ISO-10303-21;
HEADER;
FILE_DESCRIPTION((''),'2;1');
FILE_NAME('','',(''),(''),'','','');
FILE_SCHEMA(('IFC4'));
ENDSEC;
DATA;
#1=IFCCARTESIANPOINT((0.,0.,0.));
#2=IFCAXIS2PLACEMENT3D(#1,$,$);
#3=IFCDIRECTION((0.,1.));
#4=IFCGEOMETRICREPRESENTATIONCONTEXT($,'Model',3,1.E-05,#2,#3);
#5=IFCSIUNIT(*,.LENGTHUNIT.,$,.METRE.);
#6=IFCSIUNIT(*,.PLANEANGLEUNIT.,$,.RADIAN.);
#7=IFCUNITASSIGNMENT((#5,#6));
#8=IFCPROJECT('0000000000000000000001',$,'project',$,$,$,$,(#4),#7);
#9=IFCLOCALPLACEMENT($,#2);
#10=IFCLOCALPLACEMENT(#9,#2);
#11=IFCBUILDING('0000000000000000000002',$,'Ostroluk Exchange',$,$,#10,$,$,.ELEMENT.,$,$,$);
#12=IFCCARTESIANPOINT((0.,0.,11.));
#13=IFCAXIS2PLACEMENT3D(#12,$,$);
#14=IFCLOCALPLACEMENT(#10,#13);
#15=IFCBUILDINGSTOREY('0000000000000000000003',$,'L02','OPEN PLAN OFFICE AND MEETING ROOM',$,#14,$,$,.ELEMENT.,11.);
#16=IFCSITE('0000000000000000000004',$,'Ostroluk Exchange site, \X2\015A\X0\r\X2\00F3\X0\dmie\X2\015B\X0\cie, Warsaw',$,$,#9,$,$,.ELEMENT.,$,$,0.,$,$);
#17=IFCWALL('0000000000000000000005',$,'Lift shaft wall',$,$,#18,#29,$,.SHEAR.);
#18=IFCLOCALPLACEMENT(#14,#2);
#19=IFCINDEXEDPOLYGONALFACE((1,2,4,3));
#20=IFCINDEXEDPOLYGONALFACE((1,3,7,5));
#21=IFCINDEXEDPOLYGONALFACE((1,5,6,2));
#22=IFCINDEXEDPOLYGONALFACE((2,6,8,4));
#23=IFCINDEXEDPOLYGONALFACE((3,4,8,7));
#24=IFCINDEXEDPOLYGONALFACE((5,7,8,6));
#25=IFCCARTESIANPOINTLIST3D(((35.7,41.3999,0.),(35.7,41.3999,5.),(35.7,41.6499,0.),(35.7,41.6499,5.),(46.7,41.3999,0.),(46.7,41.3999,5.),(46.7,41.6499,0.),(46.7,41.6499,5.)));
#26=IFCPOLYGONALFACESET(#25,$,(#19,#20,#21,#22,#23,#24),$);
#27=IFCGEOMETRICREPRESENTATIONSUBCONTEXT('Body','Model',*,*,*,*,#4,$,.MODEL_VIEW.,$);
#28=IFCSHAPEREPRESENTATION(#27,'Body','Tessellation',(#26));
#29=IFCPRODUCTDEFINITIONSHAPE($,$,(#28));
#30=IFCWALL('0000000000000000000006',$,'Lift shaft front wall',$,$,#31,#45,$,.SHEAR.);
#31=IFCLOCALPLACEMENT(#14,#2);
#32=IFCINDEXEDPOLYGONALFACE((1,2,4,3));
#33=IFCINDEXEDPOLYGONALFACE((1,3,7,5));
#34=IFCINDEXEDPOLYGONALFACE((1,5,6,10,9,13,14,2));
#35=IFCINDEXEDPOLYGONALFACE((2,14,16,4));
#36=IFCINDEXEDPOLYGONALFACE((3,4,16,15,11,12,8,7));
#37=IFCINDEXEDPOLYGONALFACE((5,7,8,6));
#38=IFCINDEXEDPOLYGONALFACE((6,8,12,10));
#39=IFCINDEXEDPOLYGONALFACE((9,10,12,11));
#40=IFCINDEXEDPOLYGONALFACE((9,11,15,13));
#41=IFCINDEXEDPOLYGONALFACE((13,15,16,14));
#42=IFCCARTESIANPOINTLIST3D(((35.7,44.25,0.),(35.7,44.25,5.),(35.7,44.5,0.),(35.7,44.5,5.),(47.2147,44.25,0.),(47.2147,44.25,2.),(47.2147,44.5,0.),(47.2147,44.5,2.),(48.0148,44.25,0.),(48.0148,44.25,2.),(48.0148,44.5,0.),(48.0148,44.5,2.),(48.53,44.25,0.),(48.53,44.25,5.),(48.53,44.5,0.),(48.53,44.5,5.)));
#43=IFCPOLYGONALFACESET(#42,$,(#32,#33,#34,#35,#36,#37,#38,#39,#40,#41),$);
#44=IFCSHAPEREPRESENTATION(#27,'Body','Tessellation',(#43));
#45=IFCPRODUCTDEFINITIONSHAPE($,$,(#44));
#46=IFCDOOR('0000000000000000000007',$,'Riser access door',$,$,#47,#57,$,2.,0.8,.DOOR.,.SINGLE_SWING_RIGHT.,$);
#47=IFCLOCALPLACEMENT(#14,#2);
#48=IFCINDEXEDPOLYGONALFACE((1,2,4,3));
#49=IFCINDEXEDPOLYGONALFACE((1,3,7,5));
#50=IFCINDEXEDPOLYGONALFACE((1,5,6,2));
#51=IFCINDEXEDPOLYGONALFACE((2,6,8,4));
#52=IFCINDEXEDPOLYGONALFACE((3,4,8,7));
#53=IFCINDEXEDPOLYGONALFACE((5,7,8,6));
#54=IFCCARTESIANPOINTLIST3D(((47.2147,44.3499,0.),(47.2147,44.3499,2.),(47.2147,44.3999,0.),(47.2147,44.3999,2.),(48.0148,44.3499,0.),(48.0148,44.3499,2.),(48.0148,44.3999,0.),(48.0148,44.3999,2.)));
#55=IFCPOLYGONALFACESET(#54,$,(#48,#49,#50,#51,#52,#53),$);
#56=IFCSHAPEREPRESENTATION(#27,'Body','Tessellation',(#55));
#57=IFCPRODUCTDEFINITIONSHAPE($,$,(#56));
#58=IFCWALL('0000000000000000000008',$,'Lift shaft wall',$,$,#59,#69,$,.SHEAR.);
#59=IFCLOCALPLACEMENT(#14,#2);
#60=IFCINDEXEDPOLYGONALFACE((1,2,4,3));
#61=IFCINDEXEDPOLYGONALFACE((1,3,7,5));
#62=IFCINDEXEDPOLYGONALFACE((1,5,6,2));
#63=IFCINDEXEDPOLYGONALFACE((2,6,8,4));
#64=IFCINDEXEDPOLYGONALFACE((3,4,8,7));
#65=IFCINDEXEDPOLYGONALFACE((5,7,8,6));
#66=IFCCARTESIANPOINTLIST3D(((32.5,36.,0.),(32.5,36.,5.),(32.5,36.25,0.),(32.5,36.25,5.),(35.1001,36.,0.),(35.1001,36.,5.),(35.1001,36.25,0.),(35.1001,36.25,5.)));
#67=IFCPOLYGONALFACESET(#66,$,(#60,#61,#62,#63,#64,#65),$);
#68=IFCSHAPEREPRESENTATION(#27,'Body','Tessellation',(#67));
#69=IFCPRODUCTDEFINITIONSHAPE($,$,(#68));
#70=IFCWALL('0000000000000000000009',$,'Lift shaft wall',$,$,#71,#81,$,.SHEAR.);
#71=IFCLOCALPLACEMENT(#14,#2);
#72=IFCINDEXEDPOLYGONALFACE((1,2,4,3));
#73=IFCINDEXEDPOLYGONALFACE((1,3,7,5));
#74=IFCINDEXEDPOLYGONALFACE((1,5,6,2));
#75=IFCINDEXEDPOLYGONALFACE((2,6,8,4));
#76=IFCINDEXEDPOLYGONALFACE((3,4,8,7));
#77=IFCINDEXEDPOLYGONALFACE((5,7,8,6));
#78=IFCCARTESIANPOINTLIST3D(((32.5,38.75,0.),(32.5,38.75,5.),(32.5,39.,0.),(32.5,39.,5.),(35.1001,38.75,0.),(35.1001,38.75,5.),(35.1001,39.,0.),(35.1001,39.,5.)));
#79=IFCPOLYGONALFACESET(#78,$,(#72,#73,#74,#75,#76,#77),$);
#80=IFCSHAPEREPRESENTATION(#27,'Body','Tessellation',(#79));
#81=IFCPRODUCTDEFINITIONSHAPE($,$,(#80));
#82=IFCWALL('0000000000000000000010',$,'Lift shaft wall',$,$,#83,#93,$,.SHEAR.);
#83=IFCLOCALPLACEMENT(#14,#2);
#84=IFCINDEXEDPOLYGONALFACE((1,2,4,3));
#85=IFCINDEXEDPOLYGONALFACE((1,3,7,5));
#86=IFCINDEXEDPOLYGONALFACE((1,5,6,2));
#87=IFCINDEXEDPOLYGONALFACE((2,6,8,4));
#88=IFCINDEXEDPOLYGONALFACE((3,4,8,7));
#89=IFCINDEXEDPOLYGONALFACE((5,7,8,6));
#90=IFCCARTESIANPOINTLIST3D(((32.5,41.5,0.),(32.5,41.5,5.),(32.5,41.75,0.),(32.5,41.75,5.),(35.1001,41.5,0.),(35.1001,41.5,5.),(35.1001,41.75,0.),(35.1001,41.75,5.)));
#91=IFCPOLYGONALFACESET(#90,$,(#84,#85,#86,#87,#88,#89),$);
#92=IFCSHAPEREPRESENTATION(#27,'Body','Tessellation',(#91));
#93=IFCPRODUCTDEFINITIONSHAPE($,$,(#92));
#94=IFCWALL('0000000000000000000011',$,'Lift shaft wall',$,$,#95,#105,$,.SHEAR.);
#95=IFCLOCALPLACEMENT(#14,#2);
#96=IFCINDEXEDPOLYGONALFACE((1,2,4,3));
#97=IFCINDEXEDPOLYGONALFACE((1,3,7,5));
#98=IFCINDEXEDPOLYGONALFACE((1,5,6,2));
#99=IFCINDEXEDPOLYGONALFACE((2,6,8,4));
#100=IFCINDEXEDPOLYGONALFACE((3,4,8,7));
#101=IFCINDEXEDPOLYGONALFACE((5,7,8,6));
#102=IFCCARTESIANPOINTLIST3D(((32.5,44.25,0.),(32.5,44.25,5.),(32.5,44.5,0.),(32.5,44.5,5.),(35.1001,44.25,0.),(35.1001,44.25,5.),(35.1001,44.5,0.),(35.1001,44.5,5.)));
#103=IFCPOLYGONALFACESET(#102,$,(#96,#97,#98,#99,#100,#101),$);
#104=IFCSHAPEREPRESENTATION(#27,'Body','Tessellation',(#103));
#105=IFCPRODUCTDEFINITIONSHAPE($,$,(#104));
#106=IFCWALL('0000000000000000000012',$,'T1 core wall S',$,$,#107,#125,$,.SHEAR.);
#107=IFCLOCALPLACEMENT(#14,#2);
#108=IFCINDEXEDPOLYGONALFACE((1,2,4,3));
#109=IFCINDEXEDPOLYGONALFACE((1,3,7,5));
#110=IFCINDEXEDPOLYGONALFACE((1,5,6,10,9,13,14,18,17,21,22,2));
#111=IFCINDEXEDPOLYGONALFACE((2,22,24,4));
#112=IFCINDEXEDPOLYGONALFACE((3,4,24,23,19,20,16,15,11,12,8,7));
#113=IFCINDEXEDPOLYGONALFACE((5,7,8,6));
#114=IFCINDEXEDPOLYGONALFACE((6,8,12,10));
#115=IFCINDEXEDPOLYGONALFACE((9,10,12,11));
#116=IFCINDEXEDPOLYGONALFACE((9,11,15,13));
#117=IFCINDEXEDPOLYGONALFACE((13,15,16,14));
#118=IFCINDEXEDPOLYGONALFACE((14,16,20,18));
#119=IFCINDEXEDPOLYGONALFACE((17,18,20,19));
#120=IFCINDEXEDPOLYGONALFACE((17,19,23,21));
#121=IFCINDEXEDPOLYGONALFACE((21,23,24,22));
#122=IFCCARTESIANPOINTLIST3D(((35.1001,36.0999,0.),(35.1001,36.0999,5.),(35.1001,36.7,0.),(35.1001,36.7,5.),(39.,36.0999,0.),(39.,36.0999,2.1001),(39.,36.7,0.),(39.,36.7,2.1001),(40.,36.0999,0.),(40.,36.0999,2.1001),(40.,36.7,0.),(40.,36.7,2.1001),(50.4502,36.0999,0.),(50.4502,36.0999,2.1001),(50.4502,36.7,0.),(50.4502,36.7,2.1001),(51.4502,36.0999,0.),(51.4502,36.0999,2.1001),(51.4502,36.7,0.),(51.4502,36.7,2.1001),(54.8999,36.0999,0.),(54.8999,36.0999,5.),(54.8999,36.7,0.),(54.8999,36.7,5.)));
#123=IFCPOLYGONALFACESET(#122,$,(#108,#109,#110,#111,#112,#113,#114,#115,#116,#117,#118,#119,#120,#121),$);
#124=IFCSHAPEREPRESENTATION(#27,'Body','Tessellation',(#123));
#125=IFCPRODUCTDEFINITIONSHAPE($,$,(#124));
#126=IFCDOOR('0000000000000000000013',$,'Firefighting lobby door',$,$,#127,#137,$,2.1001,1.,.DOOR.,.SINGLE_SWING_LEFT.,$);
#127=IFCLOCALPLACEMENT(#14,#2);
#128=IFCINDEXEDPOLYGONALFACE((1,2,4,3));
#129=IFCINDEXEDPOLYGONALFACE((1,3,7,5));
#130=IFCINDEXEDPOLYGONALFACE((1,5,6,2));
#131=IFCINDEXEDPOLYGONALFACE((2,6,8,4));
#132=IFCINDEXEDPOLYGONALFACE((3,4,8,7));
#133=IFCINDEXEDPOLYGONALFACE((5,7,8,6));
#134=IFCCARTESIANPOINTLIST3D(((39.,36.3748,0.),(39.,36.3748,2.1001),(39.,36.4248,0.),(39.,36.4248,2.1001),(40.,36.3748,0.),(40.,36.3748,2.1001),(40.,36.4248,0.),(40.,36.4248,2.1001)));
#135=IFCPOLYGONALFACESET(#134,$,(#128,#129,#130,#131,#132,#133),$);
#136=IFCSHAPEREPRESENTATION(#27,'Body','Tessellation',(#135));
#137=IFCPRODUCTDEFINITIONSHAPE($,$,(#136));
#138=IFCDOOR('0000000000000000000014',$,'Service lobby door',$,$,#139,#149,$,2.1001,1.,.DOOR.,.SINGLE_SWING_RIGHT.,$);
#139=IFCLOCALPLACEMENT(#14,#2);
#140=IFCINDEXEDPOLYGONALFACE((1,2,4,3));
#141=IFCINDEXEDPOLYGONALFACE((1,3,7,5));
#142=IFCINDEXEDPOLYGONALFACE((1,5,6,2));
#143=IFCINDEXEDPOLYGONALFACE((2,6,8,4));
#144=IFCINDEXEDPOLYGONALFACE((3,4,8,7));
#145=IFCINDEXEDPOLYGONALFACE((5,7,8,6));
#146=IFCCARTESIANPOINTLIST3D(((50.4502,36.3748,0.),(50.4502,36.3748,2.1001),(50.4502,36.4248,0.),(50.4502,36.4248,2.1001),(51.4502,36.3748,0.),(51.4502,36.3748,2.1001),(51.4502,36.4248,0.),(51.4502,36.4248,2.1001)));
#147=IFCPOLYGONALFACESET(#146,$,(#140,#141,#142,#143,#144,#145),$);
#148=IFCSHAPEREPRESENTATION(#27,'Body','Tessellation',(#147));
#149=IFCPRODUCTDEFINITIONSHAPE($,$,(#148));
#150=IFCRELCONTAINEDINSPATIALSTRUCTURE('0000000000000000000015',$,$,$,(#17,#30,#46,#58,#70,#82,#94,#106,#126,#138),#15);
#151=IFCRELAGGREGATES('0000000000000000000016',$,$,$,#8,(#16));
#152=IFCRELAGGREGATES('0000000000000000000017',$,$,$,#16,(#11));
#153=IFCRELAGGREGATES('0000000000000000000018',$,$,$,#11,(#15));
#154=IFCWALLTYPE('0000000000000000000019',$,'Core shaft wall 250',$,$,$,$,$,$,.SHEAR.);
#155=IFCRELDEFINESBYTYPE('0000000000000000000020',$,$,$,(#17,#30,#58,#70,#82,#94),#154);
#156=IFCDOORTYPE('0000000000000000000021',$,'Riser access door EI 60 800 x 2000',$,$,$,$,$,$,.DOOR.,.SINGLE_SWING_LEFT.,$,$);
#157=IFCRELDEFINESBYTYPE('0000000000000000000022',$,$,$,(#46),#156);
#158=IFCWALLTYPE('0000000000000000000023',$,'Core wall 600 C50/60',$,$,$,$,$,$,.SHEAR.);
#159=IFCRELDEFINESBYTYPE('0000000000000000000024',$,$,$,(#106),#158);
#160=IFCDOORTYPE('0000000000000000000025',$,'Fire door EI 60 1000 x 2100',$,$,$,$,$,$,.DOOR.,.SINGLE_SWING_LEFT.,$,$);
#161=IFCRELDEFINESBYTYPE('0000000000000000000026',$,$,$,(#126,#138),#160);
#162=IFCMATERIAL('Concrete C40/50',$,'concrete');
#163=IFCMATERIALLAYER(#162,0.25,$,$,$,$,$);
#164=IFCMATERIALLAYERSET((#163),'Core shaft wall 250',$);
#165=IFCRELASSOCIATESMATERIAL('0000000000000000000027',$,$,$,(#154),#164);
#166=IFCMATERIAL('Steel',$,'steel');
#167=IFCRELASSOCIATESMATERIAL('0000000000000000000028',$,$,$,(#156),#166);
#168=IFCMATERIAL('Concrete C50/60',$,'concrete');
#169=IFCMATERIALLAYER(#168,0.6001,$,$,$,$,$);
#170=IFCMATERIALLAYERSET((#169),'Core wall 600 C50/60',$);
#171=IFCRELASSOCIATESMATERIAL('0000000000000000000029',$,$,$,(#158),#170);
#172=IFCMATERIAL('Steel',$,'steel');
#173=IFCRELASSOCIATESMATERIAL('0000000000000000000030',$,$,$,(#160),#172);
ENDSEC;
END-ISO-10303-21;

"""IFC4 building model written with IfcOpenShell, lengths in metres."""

from ifc_helpers import new_model, si_unit, direction, frame, frame_2d, origin, place, context, subcontext, project, spatial, rectangle, extrude, material, layer, layer_set, type_object, element, fill, save


model = new_model("IFC4")

# Units and contexts
model_context = context("Model", 3, precision=1e-05, world=origin(), true_north=direction((0.0, 1.0)))
body_context = subcontext(model_context, "Body", "Model", "MODEL_VIEW")
ifc_project = project(units=[si_unit("LENGTHUNIT", "METRE"), si_unit("PLANEANGLEUNIT", "RADIAN")], contexts=[model_context])

# Site, building, storey
site_placement = place(None, origin())
site = spatial("IfcSite", under=ifc_project, at=site_placement, Name="Ostroluk Exchange site, Śródmieście, Warsaw", CompositionType="ELEMENT", RefElevation=0.0)
building_placement = place(site_placement, origin())
building = spatial("IfcBuilding", under=site, at=building_placement, Name="Ostroluk Exchange", CompositionType="ELEMENT")
storey_placement = place(building_placement, frame((0.0, 0.0, 11.0)))
storey = spatial("IfcBuildingStorey", under=building, at=storey_placement, Name="L02", Description="OPEN PLAN OFFICE AND MEETING ROOM", CompositionType="ELEMENT", Elevation=11.0)

# Shared definitions
ifc_material_1 = material(Name="Concrete C40/50", Category="concrete")
ifc_layer_1 = layer(ifc_material_1, 0.25)
ifc_layer_set_1 = layer_set([ifc_layer_1], Name="Core shaft wall 250")
wall_type_1 = type_object("IfcWallType", Name="Core shaft wall 250", PredefinedType="SHEAR", material=ifc_layer_set_1)

# Wall
wall_1_placement = place(storey_placement, frame((35.7, 41.5249, 0.0), z_axis=(0.0, 0.0, 1.0), x_axis=(1.0, 0.0, 0.0)))
element("IfcWall", 1, at=wall_1_placement, inside=storey, type_object=wall_type_1, Name="Lift shaft wall", PredefinedType="SHEAR", context=body_context, shape_type="SweptSolid", body=[
    extrude(rectangle(XDim=11.0, YDim=0.25, at=frame_2d((5.5, 0.0))), origin(), (0.0, 0.0, 1.0), 5.0),
])

# Wall, opening, door
wall_2_placement = place(storey_placement, frame((35.7, 44.375, 0.0), z_axis=(0.0, 0.0, 1.0), x_axis=(1.0, 0.0, 0.0)))
wall_2 = element("IfcWall", 2, at=wall_2_placement, inside=storey, type_object=wall_type_1, Name="Lift shaft front wall", PredefinedType="SHEAR", context=body_context, shape_type="SweptSolid", body=[
    extrude(rectangle(XDim=12.8301, YDim=0.25, at=frame_2d((6.415, 0.0))), origin(), (0.0, 0.0, 1.0), 5.0),
])
opening_1_placement = place(wall_2_placement, frame((11.5149, 0.0, 0.0)))
opening_1 = element("IfcOpeningElement", 3, at=opening_1_placement, cuts=wall_2, PredefinedType="OPENING", context=body_context, shape_type="SweptSolid", body=[
    extrude(rectangle(XDim=0.8, YDim=2.0, at=frame_2d((0.3999, 1.0))), frame((0.0, 0.135, 0.0), z_axis=(0.0, -1.0, 0.0), x_axis=(1.0, 0.0, 0.0)), (0.0, 0.0, 1.0), 0.27),
])
ifc_material_2 = material(Name="Steel", Category="steel")
door_type_1 = type_object("IfcDoorType", Name="Riser access door EI 60 800 x 2000", OperationType="SINGLE_SWING_LEFT", PredefinedType="DOOR", material=ifc_material_2)
door_1_placement = place(opening_1_placement, origin())
door_1 = element("IfcDoor", 4, at=door_1_placement, inside=storey, type_object=door_type_1, Name="Riser access door", OperationType="SINGLE_SWING_RIGHT", OverallHeight=2.0, OverallWidth=0.8, PredefinedType="DOOR", context=body_context, shape_type="SweptSolid", body=[
    extrude(rectangle(XDim=0.8, YDim=2.0, at=frame_2d((0.3999, 1.0))), frame((0.0, 0.0249, 0.0), z_axis=(0.0, -1.0, 0.0), x_axis=(1.0, 0.0, 0.0)), (0.0, 0.0, 1.0), 0.05),
])
fill(opening_1, door_1)

# Walls
for number, where, z_axis, x_axis, name in (
    (5, (32.5, 36.125, 0.0), (0.0, 0.0, 1.0), (1.0, 0.0, 0.0), "Lift shaft wall"),
    (6, (32.5, 38.875, 0.0), (0.0, 0.0, 1.0), (1.0, 0.0, 0.0), "Lift shaft wall"),
    (7, (32.5, 41.625, 0.0), (0.0, 0.0, 1.0), (1.0, 0.0, 0.0), "Lift shaft wall"),
    (8, (32.5, 44.375, 0.0), (0.0, 0.0, 1.0), (1.0, 0.0, 0.0), "Lift shaft wall"),
):
    element("IfcWall", number, at=place(storey_placement, frame(where, z_axis=z_axis, x_axis=x_axis)), inside=storey, type_object=wall_type_1, Name=name, PredefinedType="SHEAR", context=body_context, shape_type="SweptSolid", body=[
        extrude(rectangle(XDim=2.6001, YDim=0.25, at=frame_2d((1.3, 0.0))), origin(), (0.0, 0.0, 1.0), 5.0),
    ])

# Wall, openings, doors
ifc_material_3 = material(Name="Concrete C50/60", Category="concrete")
ifc_layer_2 = layer(ifc_material_3, 0.6001)
ifc_layer_set_2 = layer_set([ifc_layer_2], Name="Core wall 600 C50/60")
wall_type_2 = type_object("IfcWallType", Name="Core wall 600 C50/60", PredefinedType="SHEAR", material=ifc_layer_set_2)
wall_3_placement = place(storey_placement, frame((35.1001, 36.3999, 0.0), z_axis=(0.0, 0.0, 1.0), x_axis=(1.0, 0.0, 0.0)))
wall_3 = element("IfcWall", 9, at=wall_3_placement, inside=storey, type_object=wall_type_2, Name="T1 core wall S", PredefinedType="SHEAR", context=body_context, shape_type="SweptSolid", body=[
    extrude(rectangle(XDim=19.7998, YDim=0.6001, at=frame_2d((9.8999, 0.0))), origin(), (0.0, 0.0, 1.0), 5.0),
])
opening_2_placement = place(wall_3_placement, frame((3.8999, 0.0, 0.0)))
opening_2 = element("IfcOpeningElement", 10, at=opening_2_placement, cuts=wall_3, PredefinedType="OPENING", context=body_context, shape_type="SweptSolid", body=[
    extrude(rectangle(XDim=1.0, YDim=2.1001, at=frame_2d((0.5, 1.05))), frame((0.0, 0.3101, 0.0), z_axis=(0.0, -1.0, 0.0), x_axis=(1.0, 0.0, 0.0)), (0.0, 0.0, 1.0), 0.6201),
])
opening_3_placement = place(wall_3_placement, frame((15.3501, 0.0, 0.0)))
opening_3 = element("IfcOpeningElement", 11, at=opening_3_placement, cuts=wall_3, PredefinedType="OPENING", context=body_context, shape_type="SweptSolid", body=[
    extrude(rectangle(XDim=1.0, YDim=2.1001, at=frame_2d((0.5, 1.05))), frame((0.0, 0.3101, 0.0), z_axis=(0.0, -1.0, 0.0), x_axis=(1.0, 0.0, 0.0)), (0.0, 0.0, 1.0), 0.6201),
])
ifc_material_4 = material(Name="Steel", Category="steel")
door_type_2 = type_object("IfcDoorType", Name="Fire door EI 60 1000 x 2100", OperationType="SINGLE_SWING_LEFT", PredefinedType="DOOR", material=ifc_material_4)
door_2_placement = place(opening_2_placement, origin())
door_2 = element("IfcDoor", 12, at=door_2_placement, inside=storey, type_object=door_type_2, Name="Firefighting lobby door", OperationType="SINGLE_SWING_LEFT", OverallHeight=2.1001, OverallWidth=1.0, PredefinedType="DOOR", context=body_context, shape_type="SweptSolid", body=[
    extrude(rectangle(XDim=1.0, YDim=2.1001, at=frame_2d((0.5, 1.05))), frame((0.0, 0.0249, 0.0), z_axis=(0.0, -1.0, 0.0), x_axis=(1.0, 0.0, 0.0)), (0.0, 0.0, 1.0), 0.05),
])
fill(opening_2, door_2)
door_3_placement = place(opening_3_placement, origin())
door_3 = element("IfcDoor", 13, at=door_3_placement, inside=storey, type_object=door_type_2, Name="Service lobby door", OperationType="SINGLE_SWING_RIGHT", OverallHeight=2.1001, OverallWidth=1.0, PredefinedType="DOOR", context=body_context, shape_type="SweptSolid", body=[
    extrude(rectangle(XDim=1.0, YDim=2.1001, at=frame_2d((0.5, 1.05))), frame((0.0, 0.0249, 0.0), z_axis=(0.0, -1.0, 0.0), x_axis=(1.0, 0.0, 0.0)), (0.0, 0.0, 1.0), 0.05),
])
fill(opening_3, door_3)

save(model, "model.ifc")
